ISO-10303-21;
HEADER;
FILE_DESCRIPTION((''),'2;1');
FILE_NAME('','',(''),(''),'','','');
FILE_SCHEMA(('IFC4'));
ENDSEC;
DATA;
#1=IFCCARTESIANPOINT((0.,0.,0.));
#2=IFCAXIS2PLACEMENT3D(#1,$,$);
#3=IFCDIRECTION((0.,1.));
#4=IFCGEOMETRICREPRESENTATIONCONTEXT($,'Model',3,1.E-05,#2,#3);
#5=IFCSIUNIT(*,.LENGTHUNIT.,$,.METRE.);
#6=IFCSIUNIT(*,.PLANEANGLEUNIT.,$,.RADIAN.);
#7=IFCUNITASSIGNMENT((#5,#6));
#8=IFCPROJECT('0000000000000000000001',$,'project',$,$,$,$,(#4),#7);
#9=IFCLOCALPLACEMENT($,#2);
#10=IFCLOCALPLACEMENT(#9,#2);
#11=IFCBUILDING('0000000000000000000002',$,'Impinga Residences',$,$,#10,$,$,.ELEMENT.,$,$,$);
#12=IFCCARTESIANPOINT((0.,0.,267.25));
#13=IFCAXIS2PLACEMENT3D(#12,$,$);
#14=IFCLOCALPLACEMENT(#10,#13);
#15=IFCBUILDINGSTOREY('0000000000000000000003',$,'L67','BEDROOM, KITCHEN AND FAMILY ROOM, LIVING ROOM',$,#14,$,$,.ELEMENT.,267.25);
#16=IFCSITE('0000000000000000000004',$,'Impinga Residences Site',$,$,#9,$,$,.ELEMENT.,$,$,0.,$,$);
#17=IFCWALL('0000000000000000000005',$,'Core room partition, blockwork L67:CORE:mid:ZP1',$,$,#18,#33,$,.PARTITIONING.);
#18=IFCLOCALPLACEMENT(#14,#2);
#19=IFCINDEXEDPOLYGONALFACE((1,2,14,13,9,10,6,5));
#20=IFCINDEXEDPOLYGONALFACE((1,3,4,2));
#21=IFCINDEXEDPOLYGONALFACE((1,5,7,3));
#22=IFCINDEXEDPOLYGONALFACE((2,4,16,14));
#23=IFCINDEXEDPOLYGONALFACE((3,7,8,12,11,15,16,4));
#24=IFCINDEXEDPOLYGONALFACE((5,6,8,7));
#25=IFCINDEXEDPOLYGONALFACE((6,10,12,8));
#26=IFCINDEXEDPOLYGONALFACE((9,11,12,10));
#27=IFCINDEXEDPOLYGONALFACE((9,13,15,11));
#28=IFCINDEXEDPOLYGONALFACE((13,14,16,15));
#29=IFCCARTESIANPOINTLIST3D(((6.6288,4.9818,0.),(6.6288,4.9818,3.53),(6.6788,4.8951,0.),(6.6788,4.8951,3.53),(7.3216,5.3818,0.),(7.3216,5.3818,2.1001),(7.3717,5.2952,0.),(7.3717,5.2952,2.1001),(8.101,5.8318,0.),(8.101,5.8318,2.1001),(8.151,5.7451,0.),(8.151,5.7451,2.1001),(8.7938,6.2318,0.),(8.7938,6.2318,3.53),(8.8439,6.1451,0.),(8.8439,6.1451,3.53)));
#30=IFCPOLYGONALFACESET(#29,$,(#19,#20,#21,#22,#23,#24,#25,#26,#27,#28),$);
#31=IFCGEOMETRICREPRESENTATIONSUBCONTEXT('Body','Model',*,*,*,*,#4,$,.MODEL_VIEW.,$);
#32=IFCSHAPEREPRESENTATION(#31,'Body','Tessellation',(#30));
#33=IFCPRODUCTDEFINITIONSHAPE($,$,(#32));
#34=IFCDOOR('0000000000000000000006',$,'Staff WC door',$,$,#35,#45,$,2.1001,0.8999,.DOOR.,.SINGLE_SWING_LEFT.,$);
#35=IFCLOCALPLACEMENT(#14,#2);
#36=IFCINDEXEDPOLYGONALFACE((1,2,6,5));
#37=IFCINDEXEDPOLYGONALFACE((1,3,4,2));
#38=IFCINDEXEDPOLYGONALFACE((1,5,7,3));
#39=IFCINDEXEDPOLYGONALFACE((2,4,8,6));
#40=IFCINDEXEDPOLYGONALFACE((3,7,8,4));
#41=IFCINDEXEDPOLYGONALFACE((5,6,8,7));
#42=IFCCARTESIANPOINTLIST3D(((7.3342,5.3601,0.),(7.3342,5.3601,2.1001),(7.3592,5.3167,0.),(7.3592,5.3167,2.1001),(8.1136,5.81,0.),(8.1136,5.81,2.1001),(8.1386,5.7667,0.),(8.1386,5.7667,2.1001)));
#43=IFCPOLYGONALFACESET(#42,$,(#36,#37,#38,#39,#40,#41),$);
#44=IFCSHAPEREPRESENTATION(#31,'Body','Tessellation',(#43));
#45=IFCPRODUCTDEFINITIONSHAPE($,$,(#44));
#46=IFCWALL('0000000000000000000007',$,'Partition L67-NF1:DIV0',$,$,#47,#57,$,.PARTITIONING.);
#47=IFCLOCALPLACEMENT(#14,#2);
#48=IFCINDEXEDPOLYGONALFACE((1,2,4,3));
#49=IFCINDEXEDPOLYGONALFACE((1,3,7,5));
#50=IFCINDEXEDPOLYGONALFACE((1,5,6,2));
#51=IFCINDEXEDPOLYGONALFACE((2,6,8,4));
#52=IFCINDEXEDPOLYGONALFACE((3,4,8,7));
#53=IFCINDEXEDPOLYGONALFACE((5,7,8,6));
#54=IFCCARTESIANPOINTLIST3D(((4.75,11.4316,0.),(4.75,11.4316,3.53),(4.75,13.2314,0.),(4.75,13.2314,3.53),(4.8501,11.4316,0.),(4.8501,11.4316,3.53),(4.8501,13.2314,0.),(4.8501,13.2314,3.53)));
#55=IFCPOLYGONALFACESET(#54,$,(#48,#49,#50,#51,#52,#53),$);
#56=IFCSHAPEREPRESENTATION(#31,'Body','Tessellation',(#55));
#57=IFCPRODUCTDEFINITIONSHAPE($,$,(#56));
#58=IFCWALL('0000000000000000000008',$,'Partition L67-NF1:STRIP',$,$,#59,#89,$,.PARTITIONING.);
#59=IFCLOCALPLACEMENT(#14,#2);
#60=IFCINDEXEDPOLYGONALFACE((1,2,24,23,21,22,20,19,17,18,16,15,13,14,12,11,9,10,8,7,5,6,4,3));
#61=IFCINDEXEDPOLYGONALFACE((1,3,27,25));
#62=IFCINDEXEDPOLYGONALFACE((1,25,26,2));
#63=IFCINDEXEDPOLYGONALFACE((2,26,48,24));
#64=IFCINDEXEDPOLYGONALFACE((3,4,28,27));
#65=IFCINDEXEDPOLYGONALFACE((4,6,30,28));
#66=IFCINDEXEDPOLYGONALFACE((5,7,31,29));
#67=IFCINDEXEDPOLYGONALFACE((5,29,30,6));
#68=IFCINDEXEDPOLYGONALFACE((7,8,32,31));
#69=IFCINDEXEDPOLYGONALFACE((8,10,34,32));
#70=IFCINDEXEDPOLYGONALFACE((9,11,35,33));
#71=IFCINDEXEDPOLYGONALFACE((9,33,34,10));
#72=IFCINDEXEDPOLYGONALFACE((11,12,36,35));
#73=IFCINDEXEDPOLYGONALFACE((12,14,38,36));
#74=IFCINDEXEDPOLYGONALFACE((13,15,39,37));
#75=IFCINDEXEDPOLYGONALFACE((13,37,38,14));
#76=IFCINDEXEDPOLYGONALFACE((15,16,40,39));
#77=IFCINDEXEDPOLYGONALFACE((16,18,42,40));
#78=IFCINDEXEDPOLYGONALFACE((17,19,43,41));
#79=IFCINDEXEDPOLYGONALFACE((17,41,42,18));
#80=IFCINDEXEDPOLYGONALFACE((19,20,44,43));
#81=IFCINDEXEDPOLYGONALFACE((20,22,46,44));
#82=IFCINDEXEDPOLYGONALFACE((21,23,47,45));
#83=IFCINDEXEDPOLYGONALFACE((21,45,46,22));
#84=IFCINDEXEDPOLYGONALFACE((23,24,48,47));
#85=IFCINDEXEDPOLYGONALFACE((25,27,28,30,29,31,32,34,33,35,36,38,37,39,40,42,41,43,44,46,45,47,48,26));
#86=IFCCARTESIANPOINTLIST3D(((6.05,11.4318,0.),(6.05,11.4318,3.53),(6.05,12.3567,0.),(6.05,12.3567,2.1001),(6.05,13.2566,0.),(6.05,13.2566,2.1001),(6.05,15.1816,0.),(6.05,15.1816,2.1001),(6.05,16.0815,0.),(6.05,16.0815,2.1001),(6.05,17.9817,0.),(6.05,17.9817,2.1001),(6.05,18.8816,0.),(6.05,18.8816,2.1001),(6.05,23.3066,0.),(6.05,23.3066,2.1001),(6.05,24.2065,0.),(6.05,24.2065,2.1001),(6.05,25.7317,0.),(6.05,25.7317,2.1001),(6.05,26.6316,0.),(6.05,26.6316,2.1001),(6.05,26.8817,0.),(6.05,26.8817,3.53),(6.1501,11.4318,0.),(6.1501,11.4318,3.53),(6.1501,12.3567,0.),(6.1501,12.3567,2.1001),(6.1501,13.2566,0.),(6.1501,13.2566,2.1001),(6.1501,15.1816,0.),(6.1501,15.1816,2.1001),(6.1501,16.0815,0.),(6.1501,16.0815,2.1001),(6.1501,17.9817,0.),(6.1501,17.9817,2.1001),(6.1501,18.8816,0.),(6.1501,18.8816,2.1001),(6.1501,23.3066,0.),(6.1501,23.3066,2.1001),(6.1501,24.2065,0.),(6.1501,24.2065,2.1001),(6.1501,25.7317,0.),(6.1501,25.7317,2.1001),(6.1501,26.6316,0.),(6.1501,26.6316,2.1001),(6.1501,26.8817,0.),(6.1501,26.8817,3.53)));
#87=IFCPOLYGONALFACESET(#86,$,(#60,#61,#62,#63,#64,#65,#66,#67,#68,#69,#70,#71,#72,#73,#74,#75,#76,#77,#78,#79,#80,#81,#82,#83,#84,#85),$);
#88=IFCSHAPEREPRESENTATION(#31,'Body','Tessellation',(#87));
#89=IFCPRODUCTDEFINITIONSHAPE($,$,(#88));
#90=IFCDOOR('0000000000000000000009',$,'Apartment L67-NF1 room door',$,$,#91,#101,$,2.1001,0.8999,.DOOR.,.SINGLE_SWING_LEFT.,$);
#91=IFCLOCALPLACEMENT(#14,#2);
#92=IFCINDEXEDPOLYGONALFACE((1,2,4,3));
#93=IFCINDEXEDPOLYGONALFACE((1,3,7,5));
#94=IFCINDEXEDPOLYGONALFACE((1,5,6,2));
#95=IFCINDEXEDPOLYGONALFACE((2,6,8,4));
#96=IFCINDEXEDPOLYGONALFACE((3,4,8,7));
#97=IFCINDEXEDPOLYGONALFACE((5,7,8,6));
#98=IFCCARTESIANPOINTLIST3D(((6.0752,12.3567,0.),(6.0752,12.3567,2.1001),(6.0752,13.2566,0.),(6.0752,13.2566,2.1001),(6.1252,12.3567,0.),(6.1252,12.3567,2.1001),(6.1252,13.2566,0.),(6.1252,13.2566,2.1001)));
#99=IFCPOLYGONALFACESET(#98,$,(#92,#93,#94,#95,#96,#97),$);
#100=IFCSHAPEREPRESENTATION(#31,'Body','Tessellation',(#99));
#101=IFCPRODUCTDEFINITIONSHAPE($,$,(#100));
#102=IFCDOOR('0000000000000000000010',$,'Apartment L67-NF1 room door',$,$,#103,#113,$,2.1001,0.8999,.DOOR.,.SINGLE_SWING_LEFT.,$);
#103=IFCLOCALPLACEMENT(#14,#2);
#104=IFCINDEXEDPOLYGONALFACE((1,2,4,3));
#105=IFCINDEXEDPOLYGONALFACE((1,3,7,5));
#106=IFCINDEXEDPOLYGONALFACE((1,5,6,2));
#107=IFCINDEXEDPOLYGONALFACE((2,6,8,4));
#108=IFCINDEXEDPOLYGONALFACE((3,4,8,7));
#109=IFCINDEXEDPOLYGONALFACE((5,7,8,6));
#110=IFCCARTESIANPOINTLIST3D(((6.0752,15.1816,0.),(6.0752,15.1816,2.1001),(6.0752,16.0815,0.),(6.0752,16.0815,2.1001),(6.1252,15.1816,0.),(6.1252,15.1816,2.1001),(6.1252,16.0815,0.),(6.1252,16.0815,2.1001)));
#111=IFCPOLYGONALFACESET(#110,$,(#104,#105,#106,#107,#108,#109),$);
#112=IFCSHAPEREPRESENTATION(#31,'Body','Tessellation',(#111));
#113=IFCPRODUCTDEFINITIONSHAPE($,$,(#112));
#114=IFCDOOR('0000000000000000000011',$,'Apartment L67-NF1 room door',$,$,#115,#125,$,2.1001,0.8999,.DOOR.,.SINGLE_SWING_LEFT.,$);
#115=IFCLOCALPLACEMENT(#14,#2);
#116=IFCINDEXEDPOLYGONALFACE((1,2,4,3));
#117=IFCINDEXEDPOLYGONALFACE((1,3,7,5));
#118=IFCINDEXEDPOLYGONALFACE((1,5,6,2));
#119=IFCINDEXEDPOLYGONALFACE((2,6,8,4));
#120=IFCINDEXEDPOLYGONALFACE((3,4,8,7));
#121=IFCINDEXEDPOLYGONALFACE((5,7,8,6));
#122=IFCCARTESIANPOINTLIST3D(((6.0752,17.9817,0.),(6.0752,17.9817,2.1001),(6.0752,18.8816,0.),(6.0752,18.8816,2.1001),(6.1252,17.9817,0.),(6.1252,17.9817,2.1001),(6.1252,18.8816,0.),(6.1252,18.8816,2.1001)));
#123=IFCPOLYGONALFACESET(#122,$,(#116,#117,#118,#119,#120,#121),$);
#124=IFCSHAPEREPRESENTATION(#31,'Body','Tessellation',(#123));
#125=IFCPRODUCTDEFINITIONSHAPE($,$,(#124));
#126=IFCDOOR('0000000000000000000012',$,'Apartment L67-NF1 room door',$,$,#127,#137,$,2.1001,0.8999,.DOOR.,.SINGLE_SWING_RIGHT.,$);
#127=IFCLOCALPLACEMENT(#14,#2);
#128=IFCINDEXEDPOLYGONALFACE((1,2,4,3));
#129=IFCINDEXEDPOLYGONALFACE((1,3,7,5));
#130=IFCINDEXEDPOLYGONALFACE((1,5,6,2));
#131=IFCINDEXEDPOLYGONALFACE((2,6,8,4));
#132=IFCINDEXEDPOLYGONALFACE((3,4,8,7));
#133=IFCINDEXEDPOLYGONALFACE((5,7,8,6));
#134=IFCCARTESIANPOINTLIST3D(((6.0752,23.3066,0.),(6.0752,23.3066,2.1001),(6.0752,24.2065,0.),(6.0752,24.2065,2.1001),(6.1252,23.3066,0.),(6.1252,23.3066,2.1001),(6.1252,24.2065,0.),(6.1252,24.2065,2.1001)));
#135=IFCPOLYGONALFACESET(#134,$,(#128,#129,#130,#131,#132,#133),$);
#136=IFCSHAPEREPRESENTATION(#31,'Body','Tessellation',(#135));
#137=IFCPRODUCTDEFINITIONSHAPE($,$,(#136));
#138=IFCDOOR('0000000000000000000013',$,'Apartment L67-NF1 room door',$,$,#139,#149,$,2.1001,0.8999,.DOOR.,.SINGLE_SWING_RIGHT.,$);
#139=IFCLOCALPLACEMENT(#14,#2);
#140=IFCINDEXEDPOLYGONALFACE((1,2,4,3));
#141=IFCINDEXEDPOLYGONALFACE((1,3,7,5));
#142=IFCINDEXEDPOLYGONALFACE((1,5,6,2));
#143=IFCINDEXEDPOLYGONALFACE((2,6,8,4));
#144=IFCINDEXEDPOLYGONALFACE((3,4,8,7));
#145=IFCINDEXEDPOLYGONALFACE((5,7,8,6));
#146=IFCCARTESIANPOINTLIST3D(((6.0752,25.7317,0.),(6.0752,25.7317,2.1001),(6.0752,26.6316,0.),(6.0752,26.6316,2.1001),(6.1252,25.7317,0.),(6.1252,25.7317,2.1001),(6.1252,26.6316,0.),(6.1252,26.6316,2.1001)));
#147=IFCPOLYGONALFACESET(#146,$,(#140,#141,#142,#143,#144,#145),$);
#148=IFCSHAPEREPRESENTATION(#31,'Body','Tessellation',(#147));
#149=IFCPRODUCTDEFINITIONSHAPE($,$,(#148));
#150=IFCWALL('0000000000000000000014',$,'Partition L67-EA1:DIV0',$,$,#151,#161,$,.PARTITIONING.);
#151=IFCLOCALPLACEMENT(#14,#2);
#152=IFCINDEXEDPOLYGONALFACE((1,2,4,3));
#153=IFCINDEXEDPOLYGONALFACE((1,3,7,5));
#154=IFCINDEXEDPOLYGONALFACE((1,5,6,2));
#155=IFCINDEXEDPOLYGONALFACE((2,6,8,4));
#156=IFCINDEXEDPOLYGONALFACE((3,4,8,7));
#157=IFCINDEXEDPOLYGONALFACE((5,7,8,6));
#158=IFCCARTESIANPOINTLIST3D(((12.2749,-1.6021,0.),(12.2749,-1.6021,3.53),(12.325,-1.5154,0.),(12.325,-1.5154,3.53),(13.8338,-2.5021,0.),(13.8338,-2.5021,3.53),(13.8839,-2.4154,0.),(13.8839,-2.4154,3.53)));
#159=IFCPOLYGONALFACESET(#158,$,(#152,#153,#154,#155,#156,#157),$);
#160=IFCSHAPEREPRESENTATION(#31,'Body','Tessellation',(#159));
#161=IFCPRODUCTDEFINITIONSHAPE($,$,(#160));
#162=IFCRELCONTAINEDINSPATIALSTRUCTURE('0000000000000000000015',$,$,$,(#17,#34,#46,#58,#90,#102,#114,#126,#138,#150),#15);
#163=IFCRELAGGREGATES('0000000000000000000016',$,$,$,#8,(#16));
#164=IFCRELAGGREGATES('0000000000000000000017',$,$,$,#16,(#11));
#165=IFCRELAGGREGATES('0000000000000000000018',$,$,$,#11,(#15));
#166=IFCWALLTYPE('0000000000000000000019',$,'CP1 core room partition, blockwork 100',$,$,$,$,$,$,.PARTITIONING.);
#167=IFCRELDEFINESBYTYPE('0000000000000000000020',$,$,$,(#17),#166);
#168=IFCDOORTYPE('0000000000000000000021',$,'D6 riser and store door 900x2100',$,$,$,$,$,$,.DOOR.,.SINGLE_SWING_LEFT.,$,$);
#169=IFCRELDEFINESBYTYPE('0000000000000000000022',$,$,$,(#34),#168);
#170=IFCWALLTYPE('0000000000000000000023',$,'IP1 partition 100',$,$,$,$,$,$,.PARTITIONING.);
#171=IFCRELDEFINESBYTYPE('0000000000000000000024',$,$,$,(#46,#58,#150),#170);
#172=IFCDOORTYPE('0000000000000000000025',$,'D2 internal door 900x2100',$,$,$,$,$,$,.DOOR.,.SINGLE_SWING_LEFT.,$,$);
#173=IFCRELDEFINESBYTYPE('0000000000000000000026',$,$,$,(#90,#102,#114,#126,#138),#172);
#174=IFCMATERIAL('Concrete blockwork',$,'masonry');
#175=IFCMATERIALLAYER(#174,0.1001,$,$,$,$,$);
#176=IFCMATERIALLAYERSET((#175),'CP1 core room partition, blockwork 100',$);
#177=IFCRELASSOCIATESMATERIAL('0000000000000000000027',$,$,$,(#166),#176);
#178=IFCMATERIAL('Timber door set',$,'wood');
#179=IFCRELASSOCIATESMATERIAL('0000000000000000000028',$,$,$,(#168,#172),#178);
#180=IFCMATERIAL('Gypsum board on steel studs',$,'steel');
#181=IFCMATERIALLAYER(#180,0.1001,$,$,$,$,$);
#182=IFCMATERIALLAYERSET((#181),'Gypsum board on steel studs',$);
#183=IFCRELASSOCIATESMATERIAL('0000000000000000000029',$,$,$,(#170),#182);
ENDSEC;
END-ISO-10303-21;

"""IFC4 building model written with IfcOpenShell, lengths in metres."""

from ifc_helpers import new_model, si_unit, direction, frame, frame_2d, origin, place, context, subcontext, project, spatial, rectangle, extrude, material, layer, layer_set, type_object, element, fill, save


model = new_model("IFC4")

# Units and contexts
model_context = context("Model", 3, precision=1e-05, world=origin(), true_north=direction((0.0, 1.0)))
body_context = subcontext(model_context, "Body", "Model", "MODEL_VIEW")
ifc_project = project(units=[si_unit("LENGTHUNIT", "METRE"), si_unit("PLANEANGLEUNIT", "RADIAN")], contexts=[model_context])

# Site, building, storey
site_placement = place(None, origin())
site = spatial("IfcSite", under=ifc_project, at=site_placement, Name="Impinga Residences Site", CompositionType="ELEMENT", RefElevation=0.0)
building_placement = place(site_placement, origin())
building = spatial("IfcBuilding", under=site, at=building_placement, Name="Impinga Residences", CompositionType="ELEMENT")
storey_placement = place(building_placement, frame((0.0, 0.0, 267.25)))
storey = spatial("IfcBuildingStorey", under=building, at=storey_placement, Name="L67", Description="BEDROOM, KITCHEN AND FAMILY ROOM, LIVING ROOM", CompositionType="ELEMENT", Elevation=267.25)

# Wall, opening, door
ifc_material_1 = material(Name="Concrete blockwork", Category="masonry")
ifc_layer_1 = layer(ifc_material_1, 0.1001)
ifc_layer_set_1 = layer_set([ifc_layer_1], Name="CP1 core room partition, blockwork 100")
wall_type_1 = type_object("IfcWallType", Name="CP1 core room partition, blockwork 100", PredefinedType="PARTITIONING", material=ifc_layer_set_1)
wall_1_placement = place(storey_placement, frame((6.6538, 4.9385, 0.0), z_axis=(0.0, 0.0, 1.0), x_axis=(0.866023, 0.500004, 0.0)))
wall_1 = element("IfcWall", 1, at=wall_1_placement, inside=storey, type_object=wall_type_1, Name="Core room partition, blockwork L67:CORE:mid:ZP1", PredefinedType="PARTITIONING", context=body_context, shape_type="SweptSolid", body=[
    extrude(rectangle(XDim=2.5, YDim=0.1001, at=frame_2d((1.25, 0.0))), origin(), (0.0, 0.0, 1.0), 3.53),
])
opening_1_placement = place(wall_1_placement, frame((0.8, 0.0, 0.0)))
opening_1 = element("IfcOpeningElement", 2, at=opening_1_placement, cuts=wall_1, PredefinedType="OPENING", context=body_context, shape_type="SweptSolid", body=[
    extrude(rectangle(XDim=0.8999, YDim=2.1001, at=frame_2d((0.45, 1.05))), frame((0.0, 0.0601, 0.0), z_axis=(0.0, -1.0, 0.0), x_axis=(1.0, 0.0, 0.0)), (0.0, 0.0, 1.0), 0.1201),
])
ifc_material_2 = material(Name="Timber door set", Category="wood")
door_type_1 = type_object("IfcDoorType", Name="D6 riser and store door 900x2100", OperationType="SINGLE_SWING_LEFT", PredefinedType="DOOR", material=ifc_material_2)
door_1_placement = place(opening_1_placement, origin())
door_1 = element("IfcDoor", 3, at=door_1_placement, inside=storey, type_object=door_type_1, Name="Staff WC door", OperationType="SINGLE_SWING_LEFT", OverallHeight=2.1001, OverallWidth=0.8999, PredefinedType="DOOR", context=body_context, shape_type="SweptSolid", body=[
    extrude(rectangle(XDim=0.8999, YDim=2.1001, at=frame_2d((0.45, 1.05))), frame((0.0, 0.0249, 0.0), z_axis=(0.0, -1.0, 0.0), x_axis=(1.0, 0.0, 0.0)), (0.0, 0.0, 1.0), 0.05),
])
fill(opening_1, door_1)

# Wall
ifc_material_3 = material(Name="Gypsum board on steel studs", Category="steel")
ifc_layer_2 = layer(ifc_material_3, 0.1001)
ifc_layer_set_2 = layer_set([ifc_layer_2], Name="Gypsum board on steel studs")
wall_type_2 = type_object("IfcWallType", Name="IP1 partition 100", PredefinedType="PARTITIONING", material=ifc_layer_set_2)
wall_2_placement = place(storey_placement, frame((4.8, 11.4316, 0.0), z_axis=(0.0, 0.0, 1.0), x_axis=(0.0, 1.0, 0.0)))
element("IfcWall", 4, at=wall_2_placement, inside=storey, type_object=wall_type_2, Name="Partition L67-NF1:DIV0", PredefinedType="PARTITIONING", context=body_context, shape_type="SweptSolid", body=[
    extrude(rectangle(XDim=1.7998, YDim=0.1001, at=frame_2d((0.8999, 0.0))), origin(), (0.0, 0.0, 1.0), 3.53),
])

# Wall, openings, doors
wall_3_placement = place(storey_placement, frame((6.1001, 11.4316, 0.0), z_axis=(0.0, 0.0, 1.0), x_axis=(0.0, 1.0, 0.0)))
wall_3 = element("IfcWall", 5, at=wall_3_placement, inside=storey, type_object=wall_type_2, Name="Partition L67-NF1:STRIP", PredefinedType="PARTITIONING", context=body_context, shape_type="SweptSolid", body=[
    extrude(rectangle(XDim=15.45, YDim=0.1001, at=frame_2d((7.7251, 0.0))), origin(), (0.0, 0.0, 1.0), 3.53),
])
opening_2_placement = place(wall_3_placement, frame((0.925, 0.0, 0.0)))
opening_2 = element("IfcOpeningElement", 6, at=opening_2_placement, cuts=wall_3, PredefinedType="OPENING", context=body_context, shape_type="SweptSolid", body=[
    extrude(rectangle(XDim=0.8999, YDim=2.1001, at=frame_2d((0.45, 1.05))), frame((0.0, 0.0601, 0.0), z_axis=(0.0, -1.0, 0.0), x_axis=(1.0, 0.0, 0.0)), (0.0, 0.0, 1.0), 0.1201),
])
opening_3_placement = place(wall_3_placement, frame((3.75, 0.0, 0.0)))
opening_3 = element("IfcOpeningElement", 7, at=opening_3_placement, cuts=wall_3, PredefinedType="OPENING", context=body_context, shape_type="SweptSolid", body=[
    extrude(rectangle(XDim=0.8999, YDim=2.1001, at=frame_2d((0.45, 1.05))), frame((0.0, 0.0601, 0.0), z_axis=(0.0, -1.0, 0.0), x_axis=(1.0, 0.0, 0.0)), (0.0, 0.0, 1.0), 0.1201),
])
opening_4_placement = place(wall_3_placement, frame((6.55, 0.0, 0.0)))
opening_4 = element("IfcOpeningElement", 8, at=opening_4_placement, cuts=wall_3, PredefinedType="OPENING", context=body_context, shape_type="SweptSolid", body=[
    extrude(rectangle(XDim=0.8999, YDim=2.1001, at=frame_2d((0.45, 1.05))), frame((0.0, 0.0601, 0.0), z_axis=(0.0, -1.0, 0.0), x_axis=(1.0, 0.0, 0.0)), (0.0, 0.0, 1.0), 0.1201),
])
opening_5_placement = place(wall_3_placement, frame((11.875, 0.0, 0.0)))
opening_5 = element("IfcOpeningElement", 9, at=opening_5_placement, cuts=wall_3, PredefinedType="OPENING", context=body_context, shape_type="SweptSolid", body=[
    extrude(rectangle(XDim=0.8999, YDim=2.1001, at=frame_2d((0.45, 1.05))), frame((0.0, 0.0601, 0.0), z_axis=(0.0, -1.0, 0.0), x_axis=(1.0, 0.0, 0.0)), (0.0, 0.0, 1.0), 0.1201),
])
opening_6_placement = place(wall_3_placement, frame((14.3, 0.0, 0.0)))
opening_6 = element("IfcOpeningElement", 10, at=opening_6_placement, cuts=wall_3, PredefinedType="OPENING", context=body_context, shape_type="SweptSolid", body=[
    extrude(rectangle(XDim=0.8999, YDim=2.1001, at=frame_2d((0.45, 1.05))), frame((0.0, 0.0601, 0.0), z_axis=(0.0, -1.0, 0.0), x_axis=(1.0, 0.0, 0.0)), (0.0, 0.0, 1.0), 0.1201),
])
door_type_2 = type_object("IfcDoorType", Name="D2 internal door 900x2100", OperationType="SINGLE_SWING_LEFT", PredefinedType="DOOR", material=ifc_material_2)
door_2_placement = place(opening_2_placement, origin())
door_2 = element("IfcDoor", 11, at=door_2_placement, inside=storey, type_object=door_type_2, Name="Apartment L67-NF1 room door", OperationType="SINGLE_SWING_LEFT", OverallHeight=2.1001, OverallWidth=0.8999, PredefinedType="DOOR", context=body_context, shape_type="SweptSolid", body=[
    extrude(rectangle(XDim=0.8999, YDim=2.1001, at=frame_2d((0.45, 1.05))), frame((0.0, 0.0249, 0.0), z_axis=(0.0, -1.0, 0.0), x_axis=(1.0, 0.0, 0.0)), (0.0, 0.0, 1.0), 0.05),
])
fill(opening_2, door_2)
door_3_placement = place(opening_3_placement, origin())
door_3 = element("IfcDoor", 12, at=door_3_placement, inside=storey, type_object=door_type_2, Name="Apartment L67-NF1 room door", OperationType="SINGLE_SWING_LEFT", OverallHeight=2.1001, OverallWidth=0.8999, PredefinedType="DOOR", context=body_context, shape_type="SweptSolid", body=[
    extrude(rectangle(XDim=0.8999, YDim=2.1001, at=frame_2d((0.45, 1.05))), frame((0.0, 0.0249, 0.0), z_axis=(0.0, -1.0, 0.0), x_axis=(1.0, 0.0, 0.0)), (0.0, 0.0, 1.0), 0.05),
])
fill(opening_3, door_3)
door_4_placement = place(opening_4_placement, origin())
door_4 = element("IfcDoor", 13, at=door_4_placement, inside=storey, type_object=door_type_2, Name="Apartment L67-NF1 room door", OperationType="SINGLE_SWING_LEFT", OverallHeight=2.1001, OverallWidth=0.8999, PredefinedType="DOOR", context=body_context, shape_type="SweptSolid", body=[
    extrude(rectangle(XDim=0.8999, YDim=2.1001, at=frame_2d((0.45, 1.05))), frame((0.0, 0.0249, 0.0), z_axis=(0.0, -1.0, 0.0), x_axis=(1.0, 0.0, 0.0)), (0.0, 0.0, 1.0), 0.05),
])
fill(opening_4, door_4)
door_5_placement = place(opening_5_placement, origin())
door_5 = element("IfcDoor", 14, at=door_5_placement, inside=storey, type_object=door_type_2, Name="Apartment L67-NF1 room door", OperationType="SINGLE_SWING_RIGHT", OverallHeight=2.1001, OverallWidth=0.8999, PredefinedType="DOOR", context=body_context, shape_type="SweptSolid", body=[
    extrude(rectangle(XDim=0.8999, YDim=2.1001, at=frame_2d((0.45, 1.05))), frame((0.0, 0.0249, 0.0), z_axis=(0.0, -1.0, 0.0), x_axis=(1.0, 0.0, 0.0)), (0.0, 0.0, 1.0), 0.05),
])
fill(opening_5, door_5)
door_6_placement = place(opening_6_placement, origin())
door_6 = element("IfcDoor", 15, at=door_6_placement, inside=storey, type_object=door_type_2, Name="Apartment L67-NF1 room door", OperationType="SINGLE_SWING_RIGHT", OverallHeight=2.1001, OverallWidth=0.8999, PredefinedType="DOOR", context=body_context, shape_type="SweptSolid", body=[
    extrude(rectangle(XDim=0.8999, YDim=2.1001, at=frame_2d((0.45, 1.05))), frame((0.0, 0.0249, 0.0), z_axis=(0.0, -1.0, 0.0), x_axis=(1.0, 0.0, 0.0)), (0.0, 0.0, 1.0), 0.05),
])
fill(opening_6, door_6)

# Wall
wall_4_placement = place(storey_placement, frame((12.3, -1.5588, 0.0), z_axis=(0.0, 0.0, 1.0), x_axis=(0.866048, -0.499961, 0.0)))
element("IfcWall", 16, at=wall_4_placement, inside=storey, type_object=wall_type_2, Name="Partition L67-EA1:DIV0", PredefinedType="PARTITIONING", context=body_context, shape_type="SweptSolid", body=[
    extrude(rectangle(XDim=1.8, YDim=0.1001, at=frame_2d((0.8999, 0.0))), origin(), (0.0, 0.0, 1.0), 3.53),
])

save(model, "model.ifc")
